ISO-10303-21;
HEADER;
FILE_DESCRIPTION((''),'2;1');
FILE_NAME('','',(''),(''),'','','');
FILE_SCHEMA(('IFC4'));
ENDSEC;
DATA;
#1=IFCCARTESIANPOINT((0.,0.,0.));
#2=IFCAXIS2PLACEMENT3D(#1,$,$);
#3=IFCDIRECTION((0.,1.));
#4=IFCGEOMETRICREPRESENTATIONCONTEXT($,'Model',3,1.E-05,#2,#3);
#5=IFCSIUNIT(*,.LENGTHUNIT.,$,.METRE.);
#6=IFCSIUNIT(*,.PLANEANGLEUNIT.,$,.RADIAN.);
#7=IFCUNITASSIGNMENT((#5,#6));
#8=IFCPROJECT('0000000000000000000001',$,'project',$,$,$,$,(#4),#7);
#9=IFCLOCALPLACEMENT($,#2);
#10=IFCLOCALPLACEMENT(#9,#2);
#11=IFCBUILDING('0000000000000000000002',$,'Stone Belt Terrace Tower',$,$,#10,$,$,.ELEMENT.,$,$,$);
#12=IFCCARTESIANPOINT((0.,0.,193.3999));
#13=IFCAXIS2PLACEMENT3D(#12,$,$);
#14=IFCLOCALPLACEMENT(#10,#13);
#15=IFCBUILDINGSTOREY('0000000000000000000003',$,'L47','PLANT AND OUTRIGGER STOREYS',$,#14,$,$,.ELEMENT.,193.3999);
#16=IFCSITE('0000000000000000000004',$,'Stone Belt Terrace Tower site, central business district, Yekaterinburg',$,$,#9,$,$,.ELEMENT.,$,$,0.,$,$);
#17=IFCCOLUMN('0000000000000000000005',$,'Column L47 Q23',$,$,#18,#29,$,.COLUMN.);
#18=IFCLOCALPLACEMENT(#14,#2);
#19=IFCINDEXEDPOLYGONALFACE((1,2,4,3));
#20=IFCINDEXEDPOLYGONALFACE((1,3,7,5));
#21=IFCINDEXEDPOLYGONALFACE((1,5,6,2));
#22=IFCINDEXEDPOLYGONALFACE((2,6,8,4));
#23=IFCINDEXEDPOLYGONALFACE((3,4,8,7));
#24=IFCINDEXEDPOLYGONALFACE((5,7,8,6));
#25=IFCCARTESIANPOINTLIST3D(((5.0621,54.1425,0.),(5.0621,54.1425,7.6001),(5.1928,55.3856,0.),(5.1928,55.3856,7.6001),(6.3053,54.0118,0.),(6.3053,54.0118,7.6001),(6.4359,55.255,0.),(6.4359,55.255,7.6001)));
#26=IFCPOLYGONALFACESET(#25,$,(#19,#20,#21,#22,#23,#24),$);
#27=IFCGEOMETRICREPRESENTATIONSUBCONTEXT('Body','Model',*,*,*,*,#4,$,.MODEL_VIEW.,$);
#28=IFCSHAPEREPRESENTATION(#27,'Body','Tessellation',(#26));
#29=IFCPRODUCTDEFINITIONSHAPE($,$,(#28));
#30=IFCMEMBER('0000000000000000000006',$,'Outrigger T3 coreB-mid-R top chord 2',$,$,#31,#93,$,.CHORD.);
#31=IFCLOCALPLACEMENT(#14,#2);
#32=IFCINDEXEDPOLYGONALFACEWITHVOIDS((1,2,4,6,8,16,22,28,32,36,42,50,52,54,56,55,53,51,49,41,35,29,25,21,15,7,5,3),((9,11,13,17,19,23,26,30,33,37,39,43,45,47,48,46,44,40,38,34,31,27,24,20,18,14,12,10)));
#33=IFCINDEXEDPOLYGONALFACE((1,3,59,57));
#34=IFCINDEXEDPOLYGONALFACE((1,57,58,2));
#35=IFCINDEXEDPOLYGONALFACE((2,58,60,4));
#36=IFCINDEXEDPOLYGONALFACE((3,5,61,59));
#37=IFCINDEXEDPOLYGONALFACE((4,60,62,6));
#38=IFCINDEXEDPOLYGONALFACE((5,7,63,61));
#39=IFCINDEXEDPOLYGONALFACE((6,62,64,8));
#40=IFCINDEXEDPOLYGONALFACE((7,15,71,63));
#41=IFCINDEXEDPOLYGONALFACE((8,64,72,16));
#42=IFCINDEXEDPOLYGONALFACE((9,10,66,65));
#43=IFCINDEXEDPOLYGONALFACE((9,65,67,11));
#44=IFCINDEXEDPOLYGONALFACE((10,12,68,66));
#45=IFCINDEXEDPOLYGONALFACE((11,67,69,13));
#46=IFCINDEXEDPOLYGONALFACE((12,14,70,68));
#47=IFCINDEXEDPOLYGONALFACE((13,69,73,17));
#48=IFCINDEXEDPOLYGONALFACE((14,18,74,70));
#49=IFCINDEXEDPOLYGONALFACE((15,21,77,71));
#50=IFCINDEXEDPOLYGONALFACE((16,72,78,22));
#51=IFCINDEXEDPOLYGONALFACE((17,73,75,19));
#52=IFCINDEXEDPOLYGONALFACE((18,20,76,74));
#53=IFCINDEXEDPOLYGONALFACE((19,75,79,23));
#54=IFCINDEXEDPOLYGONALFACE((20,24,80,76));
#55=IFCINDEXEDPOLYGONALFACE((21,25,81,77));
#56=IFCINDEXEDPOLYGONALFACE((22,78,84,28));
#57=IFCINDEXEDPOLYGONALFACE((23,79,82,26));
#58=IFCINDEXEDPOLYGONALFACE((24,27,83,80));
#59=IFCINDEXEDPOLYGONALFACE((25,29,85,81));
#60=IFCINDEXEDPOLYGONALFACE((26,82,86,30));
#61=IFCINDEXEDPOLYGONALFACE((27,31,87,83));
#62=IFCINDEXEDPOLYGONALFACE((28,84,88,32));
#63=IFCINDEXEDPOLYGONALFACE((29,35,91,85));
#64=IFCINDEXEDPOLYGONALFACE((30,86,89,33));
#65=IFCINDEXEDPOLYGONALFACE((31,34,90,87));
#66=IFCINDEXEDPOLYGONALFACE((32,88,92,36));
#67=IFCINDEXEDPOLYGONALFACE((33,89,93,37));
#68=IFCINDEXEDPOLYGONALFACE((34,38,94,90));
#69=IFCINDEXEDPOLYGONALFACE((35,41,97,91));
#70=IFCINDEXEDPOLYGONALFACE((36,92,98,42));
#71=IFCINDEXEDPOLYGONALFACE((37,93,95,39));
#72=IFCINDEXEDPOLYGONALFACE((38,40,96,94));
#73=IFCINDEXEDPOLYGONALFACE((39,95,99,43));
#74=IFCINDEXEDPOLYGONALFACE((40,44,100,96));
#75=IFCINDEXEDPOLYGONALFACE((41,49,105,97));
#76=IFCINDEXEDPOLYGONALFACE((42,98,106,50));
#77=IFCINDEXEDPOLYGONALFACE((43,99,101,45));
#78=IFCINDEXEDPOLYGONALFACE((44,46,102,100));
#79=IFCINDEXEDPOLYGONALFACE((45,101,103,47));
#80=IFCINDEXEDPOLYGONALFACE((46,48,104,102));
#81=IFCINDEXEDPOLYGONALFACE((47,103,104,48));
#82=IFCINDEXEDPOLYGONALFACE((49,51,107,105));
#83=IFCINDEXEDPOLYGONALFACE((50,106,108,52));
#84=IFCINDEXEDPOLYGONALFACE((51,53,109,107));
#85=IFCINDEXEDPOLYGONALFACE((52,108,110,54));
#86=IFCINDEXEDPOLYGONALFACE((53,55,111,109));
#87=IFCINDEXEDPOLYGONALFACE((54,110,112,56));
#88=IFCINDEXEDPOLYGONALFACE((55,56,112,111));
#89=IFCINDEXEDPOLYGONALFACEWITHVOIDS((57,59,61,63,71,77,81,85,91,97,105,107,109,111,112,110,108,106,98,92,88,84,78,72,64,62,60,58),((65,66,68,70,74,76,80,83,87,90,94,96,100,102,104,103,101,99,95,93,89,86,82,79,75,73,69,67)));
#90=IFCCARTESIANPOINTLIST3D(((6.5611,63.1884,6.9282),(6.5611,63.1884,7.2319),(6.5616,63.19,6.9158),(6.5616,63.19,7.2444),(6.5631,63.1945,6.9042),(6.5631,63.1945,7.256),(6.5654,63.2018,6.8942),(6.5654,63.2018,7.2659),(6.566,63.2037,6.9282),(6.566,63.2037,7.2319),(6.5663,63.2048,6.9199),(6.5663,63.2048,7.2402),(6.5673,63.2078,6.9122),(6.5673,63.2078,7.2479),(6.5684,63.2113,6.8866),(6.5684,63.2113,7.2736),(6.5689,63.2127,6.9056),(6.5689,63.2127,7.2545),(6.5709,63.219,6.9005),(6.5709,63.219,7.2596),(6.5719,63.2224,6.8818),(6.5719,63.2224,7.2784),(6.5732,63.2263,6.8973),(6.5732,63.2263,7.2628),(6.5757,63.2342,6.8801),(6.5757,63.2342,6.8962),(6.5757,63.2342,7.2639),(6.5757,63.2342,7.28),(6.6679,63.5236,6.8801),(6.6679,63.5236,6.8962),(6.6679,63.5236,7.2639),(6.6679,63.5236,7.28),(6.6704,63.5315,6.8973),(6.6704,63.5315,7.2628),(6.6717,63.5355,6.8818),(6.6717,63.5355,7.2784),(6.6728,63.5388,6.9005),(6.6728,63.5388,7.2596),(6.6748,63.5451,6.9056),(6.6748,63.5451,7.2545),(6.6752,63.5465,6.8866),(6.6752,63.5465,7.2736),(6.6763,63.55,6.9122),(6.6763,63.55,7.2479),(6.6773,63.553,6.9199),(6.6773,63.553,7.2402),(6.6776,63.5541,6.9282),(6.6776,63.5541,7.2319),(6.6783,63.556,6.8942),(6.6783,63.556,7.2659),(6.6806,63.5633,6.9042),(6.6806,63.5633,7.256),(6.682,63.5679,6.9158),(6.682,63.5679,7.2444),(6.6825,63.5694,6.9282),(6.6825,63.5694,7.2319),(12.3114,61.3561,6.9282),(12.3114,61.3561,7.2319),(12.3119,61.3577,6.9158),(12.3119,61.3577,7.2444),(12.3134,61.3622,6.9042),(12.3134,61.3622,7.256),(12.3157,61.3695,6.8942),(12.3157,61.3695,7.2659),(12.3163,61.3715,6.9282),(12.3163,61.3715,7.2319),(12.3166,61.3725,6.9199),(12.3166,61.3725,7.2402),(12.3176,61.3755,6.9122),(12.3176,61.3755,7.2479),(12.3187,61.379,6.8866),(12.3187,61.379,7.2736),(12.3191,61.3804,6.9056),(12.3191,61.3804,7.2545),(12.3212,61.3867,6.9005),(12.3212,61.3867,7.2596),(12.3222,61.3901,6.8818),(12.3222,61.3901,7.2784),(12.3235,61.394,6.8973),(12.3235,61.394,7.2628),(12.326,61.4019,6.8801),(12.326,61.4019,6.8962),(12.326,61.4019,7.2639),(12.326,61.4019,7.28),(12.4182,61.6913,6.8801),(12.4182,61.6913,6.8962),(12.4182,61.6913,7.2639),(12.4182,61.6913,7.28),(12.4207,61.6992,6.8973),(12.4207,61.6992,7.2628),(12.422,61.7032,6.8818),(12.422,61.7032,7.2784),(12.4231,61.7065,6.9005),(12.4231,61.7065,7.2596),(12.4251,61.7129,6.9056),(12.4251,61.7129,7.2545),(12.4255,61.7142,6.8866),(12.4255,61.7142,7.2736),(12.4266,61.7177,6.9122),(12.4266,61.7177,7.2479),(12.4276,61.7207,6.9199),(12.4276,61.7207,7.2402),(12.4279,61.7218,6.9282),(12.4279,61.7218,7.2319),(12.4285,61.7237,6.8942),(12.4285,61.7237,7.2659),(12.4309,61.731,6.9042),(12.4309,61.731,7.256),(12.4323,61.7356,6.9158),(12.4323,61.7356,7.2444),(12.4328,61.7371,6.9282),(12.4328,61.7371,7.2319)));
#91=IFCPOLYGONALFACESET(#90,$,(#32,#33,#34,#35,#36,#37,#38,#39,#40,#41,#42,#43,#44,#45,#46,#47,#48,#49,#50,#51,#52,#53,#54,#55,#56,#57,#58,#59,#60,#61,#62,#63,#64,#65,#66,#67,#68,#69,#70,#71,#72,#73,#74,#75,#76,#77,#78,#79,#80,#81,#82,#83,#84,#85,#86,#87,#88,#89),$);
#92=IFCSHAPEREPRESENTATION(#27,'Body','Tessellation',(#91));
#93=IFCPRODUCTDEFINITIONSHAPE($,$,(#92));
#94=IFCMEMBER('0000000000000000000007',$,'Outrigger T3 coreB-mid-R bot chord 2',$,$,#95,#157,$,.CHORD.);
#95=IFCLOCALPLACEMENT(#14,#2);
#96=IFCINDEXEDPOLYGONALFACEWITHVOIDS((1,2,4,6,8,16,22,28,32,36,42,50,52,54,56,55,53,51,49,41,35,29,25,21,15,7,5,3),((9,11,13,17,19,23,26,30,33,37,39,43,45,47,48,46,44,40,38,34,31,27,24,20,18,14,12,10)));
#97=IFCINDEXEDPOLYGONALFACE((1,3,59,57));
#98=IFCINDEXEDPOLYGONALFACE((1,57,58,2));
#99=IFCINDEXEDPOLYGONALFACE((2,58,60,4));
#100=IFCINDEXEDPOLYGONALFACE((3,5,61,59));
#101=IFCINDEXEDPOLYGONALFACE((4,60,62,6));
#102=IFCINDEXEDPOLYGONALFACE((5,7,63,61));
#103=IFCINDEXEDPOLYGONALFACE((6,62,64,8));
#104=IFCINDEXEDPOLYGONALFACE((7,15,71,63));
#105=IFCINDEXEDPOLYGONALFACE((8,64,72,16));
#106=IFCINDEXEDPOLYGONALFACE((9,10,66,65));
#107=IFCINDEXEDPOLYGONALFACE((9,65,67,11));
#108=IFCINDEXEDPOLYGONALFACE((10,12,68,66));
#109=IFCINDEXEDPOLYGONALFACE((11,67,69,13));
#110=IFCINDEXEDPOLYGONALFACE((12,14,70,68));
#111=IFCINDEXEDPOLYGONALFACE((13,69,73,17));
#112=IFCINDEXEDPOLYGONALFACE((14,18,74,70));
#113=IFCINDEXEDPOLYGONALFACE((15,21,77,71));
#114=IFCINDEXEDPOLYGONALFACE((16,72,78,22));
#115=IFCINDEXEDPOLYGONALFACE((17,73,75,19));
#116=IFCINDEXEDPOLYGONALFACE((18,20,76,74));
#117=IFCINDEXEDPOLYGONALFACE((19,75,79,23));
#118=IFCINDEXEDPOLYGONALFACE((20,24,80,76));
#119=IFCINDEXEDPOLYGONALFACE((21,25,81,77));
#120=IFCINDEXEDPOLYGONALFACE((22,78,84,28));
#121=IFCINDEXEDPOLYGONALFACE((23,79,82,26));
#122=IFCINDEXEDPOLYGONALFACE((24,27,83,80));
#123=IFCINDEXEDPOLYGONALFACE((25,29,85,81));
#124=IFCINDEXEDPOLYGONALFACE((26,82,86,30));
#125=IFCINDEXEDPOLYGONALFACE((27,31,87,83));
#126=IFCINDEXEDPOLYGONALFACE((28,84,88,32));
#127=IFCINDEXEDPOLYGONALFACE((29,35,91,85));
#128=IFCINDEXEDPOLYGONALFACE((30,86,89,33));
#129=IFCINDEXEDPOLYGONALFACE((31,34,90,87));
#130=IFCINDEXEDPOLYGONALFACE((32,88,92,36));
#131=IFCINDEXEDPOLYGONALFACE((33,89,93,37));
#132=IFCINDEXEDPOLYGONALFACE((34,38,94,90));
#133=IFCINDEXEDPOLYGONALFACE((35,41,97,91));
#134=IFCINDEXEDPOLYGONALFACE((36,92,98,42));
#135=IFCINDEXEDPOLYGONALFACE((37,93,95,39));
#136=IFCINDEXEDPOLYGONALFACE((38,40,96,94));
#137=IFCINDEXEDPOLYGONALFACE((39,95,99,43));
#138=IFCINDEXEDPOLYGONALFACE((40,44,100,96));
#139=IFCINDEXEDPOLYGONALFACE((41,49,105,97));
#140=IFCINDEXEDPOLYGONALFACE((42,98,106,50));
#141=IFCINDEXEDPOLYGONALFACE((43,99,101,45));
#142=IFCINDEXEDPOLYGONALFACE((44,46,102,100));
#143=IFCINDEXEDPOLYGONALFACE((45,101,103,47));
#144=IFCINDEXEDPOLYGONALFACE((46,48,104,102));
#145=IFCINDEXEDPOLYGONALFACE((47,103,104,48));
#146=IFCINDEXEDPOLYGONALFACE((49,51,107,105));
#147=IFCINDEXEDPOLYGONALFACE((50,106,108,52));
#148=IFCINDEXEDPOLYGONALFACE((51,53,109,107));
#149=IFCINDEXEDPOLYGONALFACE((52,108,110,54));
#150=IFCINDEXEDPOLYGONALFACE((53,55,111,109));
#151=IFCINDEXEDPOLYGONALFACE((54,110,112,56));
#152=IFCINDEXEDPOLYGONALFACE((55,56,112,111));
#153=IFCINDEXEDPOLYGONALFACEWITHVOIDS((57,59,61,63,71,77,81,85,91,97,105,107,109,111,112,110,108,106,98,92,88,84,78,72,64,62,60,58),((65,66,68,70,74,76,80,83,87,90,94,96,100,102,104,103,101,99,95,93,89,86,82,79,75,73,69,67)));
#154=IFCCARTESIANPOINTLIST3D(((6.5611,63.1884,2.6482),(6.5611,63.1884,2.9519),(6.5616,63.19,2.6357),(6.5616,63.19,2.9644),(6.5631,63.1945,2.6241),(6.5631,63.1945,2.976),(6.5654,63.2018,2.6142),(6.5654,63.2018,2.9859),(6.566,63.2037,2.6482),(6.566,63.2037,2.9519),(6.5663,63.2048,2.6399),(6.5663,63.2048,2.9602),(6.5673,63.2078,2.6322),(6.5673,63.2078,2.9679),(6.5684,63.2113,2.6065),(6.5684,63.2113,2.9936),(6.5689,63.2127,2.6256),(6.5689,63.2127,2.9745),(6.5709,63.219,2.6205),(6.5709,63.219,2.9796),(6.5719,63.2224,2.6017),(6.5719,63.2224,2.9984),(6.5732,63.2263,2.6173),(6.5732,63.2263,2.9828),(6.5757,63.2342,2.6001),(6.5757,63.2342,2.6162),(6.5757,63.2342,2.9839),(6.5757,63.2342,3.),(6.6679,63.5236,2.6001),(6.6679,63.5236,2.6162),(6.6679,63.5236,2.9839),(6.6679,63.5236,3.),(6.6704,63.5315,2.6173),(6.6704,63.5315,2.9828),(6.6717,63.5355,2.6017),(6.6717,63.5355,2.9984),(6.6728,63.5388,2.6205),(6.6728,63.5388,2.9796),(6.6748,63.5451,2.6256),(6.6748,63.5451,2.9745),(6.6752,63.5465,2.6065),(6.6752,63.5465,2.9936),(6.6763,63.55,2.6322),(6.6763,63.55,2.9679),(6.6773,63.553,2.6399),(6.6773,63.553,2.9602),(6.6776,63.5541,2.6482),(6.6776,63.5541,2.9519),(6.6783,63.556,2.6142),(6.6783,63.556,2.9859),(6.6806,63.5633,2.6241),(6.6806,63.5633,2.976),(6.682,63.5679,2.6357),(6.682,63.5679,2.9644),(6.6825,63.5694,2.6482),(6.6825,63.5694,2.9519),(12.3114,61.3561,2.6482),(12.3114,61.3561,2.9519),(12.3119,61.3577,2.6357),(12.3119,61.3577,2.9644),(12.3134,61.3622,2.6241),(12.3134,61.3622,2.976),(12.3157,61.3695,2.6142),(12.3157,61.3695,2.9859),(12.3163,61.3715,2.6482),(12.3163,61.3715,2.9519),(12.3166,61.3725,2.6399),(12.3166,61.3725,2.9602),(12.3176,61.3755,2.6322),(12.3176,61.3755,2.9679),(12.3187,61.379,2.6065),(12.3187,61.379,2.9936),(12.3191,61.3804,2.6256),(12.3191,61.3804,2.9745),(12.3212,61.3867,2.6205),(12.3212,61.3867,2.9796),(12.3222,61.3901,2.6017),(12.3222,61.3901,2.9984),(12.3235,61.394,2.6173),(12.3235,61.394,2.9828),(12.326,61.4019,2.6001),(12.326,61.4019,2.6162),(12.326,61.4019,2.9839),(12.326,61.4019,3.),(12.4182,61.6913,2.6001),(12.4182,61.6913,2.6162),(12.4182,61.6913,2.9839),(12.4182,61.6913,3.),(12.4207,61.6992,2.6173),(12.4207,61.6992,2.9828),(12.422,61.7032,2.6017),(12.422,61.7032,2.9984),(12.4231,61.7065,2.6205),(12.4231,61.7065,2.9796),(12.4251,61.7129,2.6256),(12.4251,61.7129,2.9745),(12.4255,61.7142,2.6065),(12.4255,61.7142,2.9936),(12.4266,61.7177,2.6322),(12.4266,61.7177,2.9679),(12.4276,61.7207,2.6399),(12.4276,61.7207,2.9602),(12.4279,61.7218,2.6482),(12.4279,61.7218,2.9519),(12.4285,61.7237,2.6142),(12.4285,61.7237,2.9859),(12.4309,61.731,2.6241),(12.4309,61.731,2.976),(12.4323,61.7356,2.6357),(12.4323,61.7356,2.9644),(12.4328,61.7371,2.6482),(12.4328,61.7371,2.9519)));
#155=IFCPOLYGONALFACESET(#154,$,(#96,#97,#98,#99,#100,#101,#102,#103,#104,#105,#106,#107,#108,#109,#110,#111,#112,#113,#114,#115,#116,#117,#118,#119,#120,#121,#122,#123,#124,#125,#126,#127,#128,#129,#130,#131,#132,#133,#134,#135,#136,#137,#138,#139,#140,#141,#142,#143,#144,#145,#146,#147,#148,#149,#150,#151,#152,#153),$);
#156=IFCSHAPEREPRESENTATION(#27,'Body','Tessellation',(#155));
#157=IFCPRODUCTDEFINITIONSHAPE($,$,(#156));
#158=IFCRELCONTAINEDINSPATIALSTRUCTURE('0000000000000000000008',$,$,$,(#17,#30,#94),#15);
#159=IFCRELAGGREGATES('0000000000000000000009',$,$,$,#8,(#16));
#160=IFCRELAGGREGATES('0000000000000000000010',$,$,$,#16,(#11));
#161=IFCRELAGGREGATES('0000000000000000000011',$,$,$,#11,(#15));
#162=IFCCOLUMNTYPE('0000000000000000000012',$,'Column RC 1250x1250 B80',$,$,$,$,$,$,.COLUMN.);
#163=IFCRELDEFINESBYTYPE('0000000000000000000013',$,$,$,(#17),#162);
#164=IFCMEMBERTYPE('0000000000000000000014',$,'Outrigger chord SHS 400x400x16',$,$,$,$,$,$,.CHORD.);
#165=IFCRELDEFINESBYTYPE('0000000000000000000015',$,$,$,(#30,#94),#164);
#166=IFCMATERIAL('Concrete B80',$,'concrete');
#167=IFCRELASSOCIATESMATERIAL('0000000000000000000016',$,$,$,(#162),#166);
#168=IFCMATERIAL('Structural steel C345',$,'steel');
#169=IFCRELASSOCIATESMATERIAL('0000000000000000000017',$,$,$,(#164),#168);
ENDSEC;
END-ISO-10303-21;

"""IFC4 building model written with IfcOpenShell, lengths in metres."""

from ifc_helpers import new_model, si_unit, direction, frame, origin, origin_2d, place, context, subcontext, project, spatial, rectangle, hollow_rectangle, extrude, material, material_profile, profile_set, type_object, element, save


model = new_model("IFC4")

# Units and contexts
model_context = context("Model", 3, precision=1e-05, world=origin(), true_north=direction((0.0, 1.0)))
body_context = subcontext(model_context, "Body", "Model", "MODEL_VIEW")
ifc_project = project(units=[si_unit("LENGTHUNIT", "METRE"), si_unit("PLANEANGLEUNIT", "RADIAN")], contexts=[model_context])

# Site, building, storey
site_placement = place(None, origin())
site = spatial("IfcSite", under=ifc_project, at=site_placement, Name="Stone Belt Terrace Tower site, central business district, Yekaterinburg", CompositionType="ELEMENT", RefElevation=0.0)
building_placement = place(site_placement, origin())
building = spatial("IfcBuilding", under=site, at=building_placement, Name="Stone Belt Terrace Tower", CompositionType="ELEMENT")
storey_placement = place(building_placement, frame((0.0, 0.0, 193.3999)))
storey = spatial("IfcBuildingStorey", under=building, at=storey_placement, Name="L47", Description="PLANT AND OUTRIGGER STOREYS", CompositionType="ELEMENT", Elevation=193.3999)

# Column
ifc_material_1 = material(Name="Concrete B80", Category="concrete")
ifc_material_profile_1 = material_profile(ifc_material_1, rectangle(XDim=1.25, YDim=1.25, at=origin_2d()), Name="RC 1250x1250")
ifc_profile_set_1 = profile_set([ifc_material_profile_1], Name="Concrete B80")
column_type = type_object("IfcColumnType", Name="Column RC 1250x1250 B80", PredefinedType="COLUMN", material=ifc_profile_set_1)
column_placement = place(storey_placement, frame((5.749, 54.6987, 0.0), z_axis=(0.0, 0.0, 1.0), x_axis=(0.994522, -0.104528, 0.0)))
element("IfcColumn", 1, at=column_placement, inside=storey, type_object=column_type, Name="Column L47 Q23", PredefinedType="COLUMN", context=body_context, shape_type="SweptSolid", body=[
    extrude(rectangle(XDim=1.25, YDim=1.25, at=origin_2d()), origin(), (0.0, 0.0, 1.0), 7.6001),
])

# Members
ifc_material_2 = material(Name="Structural steel C345", Category="steel")
ifc_material_profile_2 = material_profile(ifc_material_2, hollow_rectangle(XDim=0.3999, YDim=0.3999, WallThickness=0.0161, InnerFilletRadius=0.032, OuterFilletRadius=0.0481, at=origin_2d()), Name="SHS 400x400x16")
ifc_profile_set_2 = profile_set([ifc_material_profile_2], Name="Structural steel C345")
member_type_1 = type_object("IfcMemberType", Name="Outrigger chord SHS 400x400x16", PredefinedType="CHORD", material=ifc_profile_set_2)
for number, where, z_axis, x_axis, name in (
    (2, (6.6218, 63.3789, 7.0801), (0.952799, -0.303603, 0.0), (0.303603, 0.952799, 0.0), "Outrigger T3 coreB-mid-R top chord 2"),
    (3, (6.6218, 63.3789, 2.8), (0.952799, -0.303603, 0.0), (0.303603, 0.952799, 0.0), "Outrigger T3 coreB-mid-R bot chord 2"),
):
    element("IfcMember", number, at=place(storey_placement, frame(where, z_axis=z_axis, x_axis=x_axis)), inside=storey, type_object=member_type_1, Name=name, PredefinedType="CHORD", context=body_context, shape_type="SweptSolid", body=[
        extrude(hollow_rectangle(XDim=0.3999, YDim=0.3999, WallThickness=0.0161, InnerFilletRadius=0.032, OuterFilletRadius=0.0481, at=origin_2d()), origin(), (0.0, 0.0, 1.0), 6.0352),
    ])

save(model, "model.ifc")
